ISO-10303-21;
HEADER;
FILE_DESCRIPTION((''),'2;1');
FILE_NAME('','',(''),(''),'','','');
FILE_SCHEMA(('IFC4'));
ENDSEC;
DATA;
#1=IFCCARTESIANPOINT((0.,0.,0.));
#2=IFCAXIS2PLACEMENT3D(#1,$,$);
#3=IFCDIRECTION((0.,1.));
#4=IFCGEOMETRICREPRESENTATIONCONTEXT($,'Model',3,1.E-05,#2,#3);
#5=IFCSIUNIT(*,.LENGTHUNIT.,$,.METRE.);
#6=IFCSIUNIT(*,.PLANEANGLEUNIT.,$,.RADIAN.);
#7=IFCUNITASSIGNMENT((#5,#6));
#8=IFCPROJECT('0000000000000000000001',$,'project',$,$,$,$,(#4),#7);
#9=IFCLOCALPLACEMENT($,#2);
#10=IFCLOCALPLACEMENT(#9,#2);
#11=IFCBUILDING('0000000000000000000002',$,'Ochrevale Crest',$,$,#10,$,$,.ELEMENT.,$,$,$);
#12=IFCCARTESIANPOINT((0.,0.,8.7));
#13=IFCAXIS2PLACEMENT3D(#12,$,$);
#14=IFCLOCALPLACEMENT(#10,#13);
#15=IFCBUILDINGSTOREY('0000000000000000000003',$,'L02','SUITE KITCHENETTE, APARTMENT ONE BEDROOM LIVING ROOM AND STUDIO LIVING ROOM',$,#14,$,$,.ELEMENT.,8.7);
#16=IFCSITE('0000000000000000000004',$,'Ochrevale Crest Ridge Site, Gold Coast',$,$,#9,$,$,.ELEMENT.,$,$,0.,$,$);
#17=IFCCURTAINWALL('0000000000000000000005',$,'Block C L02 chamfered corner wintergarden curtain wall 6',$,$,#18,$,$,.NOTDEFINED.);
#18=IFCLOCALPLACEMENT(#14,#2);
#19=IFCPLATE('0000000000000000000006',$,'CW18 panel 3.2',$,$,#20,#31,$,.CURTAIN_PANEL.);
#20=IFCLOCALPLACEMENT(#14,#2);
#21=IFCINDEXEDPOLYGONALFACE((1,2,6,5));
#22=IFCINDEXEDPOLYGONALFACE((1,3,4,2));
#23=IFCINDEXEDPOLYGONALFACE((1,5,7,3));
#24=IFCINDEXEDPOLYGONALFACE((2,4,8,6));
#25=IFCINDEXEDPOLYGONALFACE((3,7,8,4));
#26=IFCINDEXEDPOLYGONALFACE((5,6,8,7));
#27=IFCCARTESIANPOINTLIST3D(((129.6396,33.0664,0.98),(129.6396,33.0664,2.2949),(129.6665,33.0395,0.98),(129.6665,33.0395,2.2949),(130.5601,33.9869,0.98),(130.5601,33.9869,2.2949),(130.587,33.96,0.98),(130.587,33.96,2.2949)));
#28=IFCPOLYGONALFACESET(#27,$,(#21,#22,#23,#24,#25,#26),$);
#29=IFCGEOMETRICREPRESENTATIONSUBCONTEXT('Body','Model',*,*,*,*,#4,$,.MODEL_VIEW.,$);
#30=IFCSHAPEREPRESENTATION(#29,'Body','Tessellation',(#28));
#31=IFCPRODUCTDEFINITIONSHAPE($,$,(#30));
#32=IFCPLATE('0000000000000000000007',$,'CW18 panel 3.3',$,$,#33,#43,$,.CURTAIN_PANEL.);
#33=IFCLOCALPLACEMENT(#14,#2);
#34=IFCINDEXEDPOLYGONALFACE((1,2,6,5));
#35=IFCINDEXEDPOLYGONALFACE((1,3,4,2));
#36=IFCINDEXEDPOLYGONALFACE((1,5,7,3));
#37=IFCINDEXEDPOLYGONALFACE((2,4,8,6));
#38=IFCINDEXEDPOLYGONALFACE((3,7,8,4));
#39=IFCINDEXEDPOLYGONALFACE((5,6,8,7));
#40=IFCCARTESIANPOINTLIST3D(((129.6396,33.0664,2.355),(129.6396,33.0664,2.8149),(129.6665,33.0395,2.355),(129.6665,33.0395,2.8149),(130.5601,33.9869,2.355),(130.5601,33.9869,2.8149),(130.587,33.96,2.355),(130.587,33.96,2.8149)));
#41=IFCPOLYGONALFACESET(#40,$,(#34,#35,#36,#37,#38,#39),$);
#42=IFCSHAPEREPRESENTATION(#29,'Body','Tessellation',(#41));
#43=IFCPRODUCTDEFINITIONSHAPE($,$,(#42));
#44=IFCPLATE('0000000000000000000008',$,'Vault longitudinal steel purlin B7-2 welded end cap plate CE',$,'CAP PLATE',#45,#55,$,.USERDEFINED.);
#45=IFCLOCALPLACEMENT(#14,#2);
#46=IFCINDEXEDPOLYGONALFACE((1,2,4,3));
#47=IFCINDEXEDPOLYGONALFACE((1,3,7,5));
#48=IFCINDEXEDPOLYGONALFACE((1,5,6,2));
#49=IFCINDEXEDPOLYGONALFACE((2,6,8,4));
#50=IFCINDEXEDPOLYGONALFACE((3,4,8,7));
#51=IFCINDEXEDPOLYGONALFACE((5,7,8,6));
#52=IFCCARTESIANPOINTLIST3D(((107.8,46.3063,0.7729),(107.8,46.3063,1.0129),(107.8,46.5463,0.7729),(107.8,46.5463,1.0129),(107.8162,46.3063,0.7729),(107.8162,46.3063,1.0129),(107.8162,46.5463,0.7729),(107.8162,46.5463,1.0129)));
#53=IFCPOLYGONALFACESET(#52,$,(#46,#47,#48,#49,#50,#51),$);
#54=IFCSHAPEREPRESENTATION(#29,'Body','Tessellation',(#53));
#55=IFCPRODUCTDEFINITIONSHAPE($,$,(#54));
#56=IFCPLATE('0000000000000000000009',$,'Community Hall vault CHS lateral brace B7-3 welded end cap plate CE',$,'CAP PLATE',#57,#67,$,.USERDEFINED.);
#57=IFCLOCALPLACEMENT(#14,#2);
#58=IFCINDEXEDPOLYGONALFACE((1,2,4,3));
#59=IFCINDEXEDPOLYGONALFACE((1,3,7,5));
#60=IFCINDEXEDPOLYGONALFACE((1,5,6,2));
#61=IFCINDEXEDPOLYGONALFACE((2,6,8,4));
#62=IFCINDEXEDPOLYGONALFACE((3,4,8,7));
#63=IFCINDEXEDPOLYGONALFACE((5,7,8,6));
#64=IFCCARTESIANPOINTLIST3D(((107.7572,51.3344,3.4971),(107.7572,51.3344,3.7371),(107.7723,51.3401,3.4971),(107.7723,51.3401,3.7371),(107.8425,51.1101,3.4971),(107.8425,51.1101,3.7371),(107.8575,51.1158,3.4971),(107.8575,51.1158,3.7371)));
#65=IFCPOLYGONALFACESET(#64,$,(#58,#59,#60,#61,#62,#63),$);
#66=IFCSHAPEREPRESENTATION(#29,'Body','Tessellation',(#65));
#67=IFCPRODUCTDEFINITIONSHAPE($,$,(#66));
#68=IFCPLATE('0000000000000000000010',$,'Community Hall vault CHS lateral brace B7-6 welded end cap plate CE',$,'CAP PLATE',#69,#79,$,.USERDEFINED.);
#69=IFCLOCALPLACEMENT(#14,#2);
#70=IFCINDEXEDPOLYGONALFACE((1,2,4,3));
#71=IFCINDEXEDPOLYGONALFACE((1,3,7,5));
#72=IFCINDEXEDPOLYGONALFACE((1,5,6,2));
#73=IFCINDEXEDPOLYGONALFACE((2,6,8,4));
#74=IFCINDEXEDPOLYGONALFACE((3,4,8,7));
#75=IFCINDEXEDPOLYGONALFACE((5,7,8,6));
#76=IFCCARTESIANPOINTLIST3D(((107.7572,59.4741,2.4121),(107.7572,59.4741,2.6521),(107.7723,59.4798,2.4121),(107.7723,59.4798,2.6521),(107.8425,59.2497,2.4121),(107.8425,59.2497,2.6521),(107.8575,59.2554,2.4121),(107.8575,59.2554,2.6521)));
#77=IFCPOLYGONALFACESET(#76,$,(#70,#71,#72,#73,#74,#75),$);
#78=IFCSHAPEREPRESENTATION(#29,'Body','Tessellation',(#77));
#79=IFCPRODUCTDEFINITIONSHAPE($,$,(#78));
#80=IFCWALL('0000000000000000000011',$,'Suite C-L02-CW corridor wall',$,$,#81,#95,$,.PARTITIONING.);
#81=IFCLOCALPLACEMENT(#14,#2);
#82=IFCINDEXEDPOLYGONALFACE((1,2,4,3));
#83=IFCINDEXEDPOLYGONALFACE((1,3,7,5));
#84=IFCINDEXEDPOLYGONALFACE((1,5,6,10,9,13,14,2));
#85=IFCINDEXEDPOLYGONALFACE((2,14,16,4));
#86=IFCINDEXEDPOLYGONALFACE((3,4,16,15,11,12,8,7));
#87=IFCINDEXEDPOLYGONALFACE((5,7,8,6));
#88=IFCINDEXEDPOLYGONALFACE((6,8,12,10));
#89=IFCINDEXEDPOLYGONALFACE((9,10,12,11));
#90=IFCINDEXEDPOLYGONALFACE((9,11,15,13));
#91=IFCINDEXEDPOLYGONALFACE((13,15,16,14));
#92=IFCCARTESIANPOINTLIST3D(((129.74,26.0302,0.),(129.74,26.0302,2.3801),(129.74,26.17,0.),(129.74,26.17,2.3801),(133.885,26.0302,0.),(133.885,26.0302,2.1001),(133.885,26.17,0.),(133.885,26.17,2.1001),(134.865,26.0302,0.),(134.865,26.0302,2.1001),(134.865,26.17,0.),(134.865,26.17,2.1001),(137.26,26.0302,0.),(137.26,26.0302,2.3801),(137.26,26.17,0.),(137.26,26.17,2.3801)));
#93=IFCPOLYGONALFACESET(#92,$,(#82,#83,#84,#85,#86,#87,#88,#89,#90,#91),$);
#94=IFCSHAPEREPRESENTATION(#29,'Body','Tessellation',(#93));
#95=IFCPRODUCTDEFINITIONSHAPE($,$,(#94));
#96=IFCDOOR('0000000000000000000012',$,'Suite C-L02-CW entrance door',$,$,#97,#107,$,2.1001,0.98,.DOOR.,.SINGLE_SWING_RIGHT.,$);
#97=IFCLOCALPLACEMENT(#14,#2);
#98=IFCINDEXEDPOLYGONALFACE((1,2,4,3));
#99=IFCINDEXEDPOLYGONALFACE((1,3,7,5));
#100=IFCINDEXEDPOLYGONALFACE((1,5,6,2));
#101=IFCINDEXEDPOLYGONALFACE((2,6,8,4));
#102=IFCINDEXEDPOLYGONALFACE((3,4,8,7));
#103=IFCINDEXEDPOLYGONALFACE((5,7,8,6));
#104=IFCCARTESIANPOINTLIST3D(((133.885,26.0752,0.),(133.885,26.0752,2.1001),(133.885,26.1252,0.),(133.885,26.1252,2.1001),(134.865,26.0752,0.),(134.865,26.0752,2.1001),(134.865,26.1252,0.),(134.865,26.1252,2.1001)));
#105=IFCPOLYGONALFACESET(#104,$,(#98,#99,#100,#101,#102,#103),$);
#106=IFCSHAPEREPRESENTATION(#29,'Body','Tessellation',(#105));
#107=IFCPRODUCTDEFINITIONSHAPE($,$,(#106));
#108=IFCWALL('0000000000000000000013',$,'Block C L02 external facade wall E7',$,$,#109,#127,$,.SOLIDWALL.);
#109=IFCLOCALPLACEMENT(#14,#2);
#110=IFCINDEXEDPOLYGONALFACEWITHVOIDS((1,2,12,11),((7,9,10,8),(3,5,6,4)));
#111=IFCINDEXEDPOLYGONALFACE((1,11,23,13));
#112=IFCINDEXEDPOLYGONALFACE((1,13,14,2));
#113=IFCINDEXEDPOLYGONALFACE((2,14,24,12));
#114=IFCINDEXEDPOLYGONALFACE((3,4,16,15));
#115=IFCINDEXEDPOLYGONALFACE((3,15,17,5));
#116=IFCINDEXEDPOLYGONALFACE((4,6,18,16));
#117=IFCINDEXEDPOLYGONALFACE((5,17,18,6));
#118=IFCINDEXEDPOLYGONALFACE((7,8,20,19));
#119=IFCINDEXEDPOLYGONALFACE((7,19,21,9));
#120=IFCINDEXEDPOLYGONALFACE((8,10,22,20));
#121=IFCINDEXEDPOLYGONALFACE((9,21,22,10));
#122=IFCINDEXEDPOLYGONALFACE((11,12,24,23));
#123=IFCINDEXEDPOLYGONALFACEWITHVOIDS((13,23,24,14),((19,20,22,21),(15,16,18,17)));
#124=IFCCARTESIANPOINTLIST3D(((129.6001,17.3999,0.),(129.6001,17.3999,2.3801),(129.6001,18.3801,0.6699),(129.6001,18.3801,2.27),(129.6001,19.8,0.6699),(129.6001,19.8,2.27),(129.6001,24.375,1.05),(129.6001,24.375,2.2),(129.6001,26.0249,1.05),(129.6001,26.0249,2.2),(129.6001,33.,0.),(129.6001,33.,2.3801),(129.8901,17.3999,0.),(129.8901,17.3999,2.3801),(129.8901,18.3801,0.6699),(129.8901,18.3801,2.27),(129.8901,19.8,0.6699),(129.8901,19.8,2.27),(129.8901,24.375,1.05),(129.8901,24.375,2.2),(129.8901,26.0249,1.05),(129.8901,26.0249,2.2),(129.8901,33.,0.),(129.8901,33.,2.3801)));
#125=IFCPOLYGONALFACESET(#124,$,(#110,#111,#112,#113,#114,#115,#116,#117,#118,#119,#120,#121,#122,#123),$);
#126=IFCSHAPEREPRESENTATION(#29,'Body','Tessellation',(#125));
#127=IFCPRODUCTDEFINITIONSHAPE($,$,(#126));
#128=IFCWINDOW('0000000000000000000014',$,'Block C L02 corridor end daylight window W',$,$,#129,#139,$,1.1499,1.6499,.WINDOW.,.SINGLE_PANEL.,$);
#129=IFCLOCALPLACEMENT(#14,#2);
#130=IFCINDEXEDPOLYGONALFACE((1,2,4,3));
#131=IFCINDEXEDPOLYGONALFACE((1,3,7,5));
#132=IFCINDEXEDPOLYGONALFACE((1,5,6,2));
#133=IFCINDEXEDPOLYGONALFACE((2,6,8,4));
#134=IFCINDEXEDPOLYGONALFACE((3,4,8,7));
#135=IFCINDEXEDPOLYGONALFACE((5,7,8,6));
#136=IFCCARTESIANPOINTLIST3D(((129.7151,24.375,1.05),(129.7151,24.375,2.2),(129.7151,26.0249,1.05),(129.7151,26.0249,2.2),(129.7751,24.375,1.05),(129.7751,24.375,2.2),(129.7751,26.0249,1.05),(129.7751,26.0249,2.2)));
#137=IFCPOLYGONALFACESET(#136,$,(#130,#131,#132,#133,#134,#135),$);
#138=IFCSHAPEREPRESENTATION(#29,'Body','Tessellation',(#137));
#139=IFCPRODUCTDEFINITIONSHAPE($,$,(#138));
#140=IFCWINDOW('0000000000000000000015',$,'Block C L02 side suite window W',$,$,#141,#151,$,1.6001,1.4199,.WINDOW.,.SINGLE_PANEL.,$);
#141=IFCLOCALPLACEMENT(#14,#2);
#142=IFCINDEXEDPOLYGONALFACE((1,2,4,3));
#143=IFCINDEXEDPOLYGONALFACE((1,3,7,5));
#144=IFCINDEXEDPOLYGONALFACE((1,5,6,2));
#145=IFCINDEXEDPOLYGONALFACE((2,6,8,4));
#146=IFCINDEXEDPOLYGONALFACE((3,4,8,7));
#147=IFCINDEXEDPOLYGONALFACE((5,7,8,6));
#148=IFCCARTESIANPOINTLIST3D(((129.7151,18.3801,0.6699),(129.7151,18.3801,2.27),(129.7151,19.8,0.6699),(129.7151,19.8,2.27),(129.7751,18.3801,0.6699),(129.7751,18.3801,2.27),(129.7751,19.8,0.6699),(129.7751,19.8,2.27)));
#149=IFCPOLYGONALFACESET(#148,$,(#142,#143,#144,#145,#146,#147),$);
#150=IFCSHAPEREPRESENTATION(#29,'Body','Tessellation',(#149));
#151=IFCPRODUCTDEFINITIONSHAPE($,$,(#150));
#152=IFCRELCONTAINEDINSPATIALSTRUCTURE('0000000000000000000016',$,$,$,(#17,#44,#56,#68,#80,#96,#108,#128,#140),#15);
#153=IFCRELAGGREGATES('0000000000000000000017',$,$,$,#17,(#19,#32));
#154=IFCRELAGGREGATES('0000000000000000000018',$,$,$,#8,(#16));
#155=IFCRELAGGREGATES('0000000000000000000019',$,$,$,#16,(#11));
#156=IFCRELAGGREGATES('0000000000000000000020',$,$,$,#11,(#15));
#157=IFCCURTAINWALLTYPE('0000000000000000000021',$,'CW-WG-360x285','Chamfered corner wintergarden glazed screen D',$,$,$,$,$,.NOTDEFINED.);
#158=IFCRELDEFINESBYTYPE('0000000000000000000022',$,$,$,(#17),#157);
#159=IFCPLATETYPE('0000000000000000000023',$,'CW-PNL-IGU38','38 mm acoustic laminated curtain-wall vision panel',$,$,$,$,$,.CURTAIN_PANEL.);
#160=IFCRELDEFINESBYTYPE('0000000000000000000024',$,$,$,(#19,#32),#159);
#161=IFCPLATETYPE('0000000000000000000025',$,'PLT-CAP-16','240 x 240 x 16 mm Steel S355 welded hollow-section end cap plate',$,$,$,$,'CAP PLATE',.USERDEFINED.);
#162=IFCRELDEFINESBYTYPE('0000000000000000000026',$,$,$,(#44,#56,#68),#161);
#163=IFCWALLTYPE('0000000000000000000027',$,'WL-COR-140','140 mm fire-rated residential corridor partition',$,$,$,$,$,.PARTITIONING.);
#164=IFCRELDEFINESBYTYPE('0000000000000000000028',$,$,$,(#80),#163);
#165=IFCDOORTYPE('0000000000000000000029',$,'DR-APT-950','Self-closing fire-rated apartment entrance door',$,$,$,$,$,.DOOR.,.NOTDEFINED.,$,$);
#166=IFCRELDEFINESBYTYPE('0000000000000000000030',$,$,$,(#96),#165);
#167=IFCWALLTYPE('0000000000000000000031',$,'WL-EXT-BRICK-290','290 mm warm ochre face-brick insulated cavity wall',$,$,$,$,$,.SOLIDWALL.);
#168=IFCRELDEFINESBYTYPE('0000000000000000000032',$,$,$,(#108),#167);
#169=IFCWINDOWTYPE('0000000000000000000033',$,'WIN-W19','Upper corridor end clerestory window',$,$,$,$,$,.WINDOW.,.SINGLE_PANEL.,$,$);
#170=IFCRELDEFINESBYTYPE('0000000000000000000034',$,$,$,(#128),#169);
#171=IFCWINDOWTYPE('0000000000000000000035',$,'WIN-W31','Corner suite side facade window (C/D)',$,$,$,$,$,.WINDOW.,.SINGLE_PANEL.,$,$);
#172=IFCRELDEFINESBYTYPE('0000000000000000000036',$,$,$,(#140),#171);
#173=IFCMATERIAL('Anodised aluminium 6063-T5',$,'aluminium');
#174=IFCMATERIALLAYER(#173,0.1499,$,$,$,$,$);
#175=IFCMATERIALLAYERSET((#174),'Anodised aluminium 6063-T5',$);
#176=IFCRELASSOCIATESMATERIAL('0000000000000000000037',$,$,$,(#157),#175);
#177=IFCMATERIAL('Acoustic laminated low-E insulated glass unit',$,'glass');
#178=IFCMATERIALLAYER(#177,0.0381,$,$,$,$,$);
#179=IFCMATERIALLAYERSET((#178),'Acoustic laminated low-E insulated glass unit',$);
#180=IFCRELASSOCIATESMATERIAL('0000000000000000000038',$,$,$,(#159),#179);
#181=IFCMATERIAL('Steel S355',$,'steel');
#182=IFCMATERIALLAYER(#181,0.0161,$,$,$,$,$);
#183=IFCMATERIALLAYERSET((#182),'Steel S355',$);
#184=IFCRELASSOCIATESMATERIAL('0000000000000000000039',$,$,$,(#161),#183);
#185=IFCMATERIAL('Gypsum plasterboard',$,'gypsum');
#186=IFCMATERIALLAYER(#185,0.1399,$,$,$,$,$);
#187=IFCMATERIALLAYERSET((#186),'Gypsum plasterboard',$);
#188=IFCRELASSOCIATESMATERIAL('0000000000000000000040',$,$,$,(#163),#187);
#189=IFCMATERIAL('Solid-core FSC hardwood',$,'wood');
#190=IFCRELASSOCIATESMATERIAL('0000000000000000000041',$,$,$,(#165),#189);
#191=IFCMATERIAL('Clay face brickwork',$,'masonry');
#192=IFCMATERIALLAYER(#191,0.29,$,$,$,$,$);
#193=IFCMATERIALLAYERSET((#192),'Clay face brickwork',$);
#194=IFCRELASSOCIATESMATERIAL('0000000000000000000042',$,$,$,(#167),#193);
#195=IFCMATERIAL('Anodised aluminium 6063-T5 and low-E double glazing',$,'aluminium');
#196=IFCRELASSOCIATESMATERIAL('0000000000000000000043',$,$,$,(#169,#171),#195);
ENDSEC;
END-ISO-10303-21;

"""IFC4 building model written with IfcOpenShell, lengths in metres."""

from ifc_helpers import new_model, si_unit, direction, frame, frame_2d, origin, origin_2d, place, context, subcontext, project, spatial, rectangle, extrude, material, layer, layer_set, type_object, element, fill, aggregate, save


model = new_model("IFC4")

# Units and contexts
model_context = context("Model", 3, precision=1e-05, world=origin(), true_north=direction((0.0, 1.0)))
body_context = subcontext(model_context, "Body", "Model", "MODEL_VIEW")
ifc_project = project(units=[si_unit("LENGTHUNIT", "METRE"), si_unit("PLANEANGLEUNIT", "RADIAN")], contexts=[model_context])

# Site, building, storey
site_placement = place(None, origin())
site = spatial("IfcSite", under=ifc_project, at=site_placement, Name="Ochrevale Crest Ridge Site, Gold Coast", CompositionType="ELEMENT", RefElevation=0.0)
building_placement = place(site_placement, origin())
building = spatial("IfcBuilding", under=site, at=building_placement, Name="Ochrevale Crest", CompositionType="ELEMENT")
storey_placement = place(building_placement, frame((0.0, 0.0, 8.7)))
storey = spatial("IfcBuildingStorey", under=building, at=storey_placement, Name="L02", Description="SUITE KITCHENETTE, APARTMENT ONE BEDROOM LIVING ROOM AND STUDIO LIVING ROOM", CompositionType="ELEMENT", Elevation=8.7)

# Curtain wall
ifc_material_1 = material(Name="Anodised aluminium 6063-T5", Category="aluminium")
ifc_layer_1 = layer(ifc_material_1, 0.1499)
ifc_layer_set_1 = layer_set([ifc_layer_1], Name="Anodised aluminium 6063-T5")
curtain_wall_type = type_object("IfcCurtainWallType", Name="CW-WG-360x285", Description="Chamfered corner wintergarden glazed screen D", PredefinedType="NOTDEFINED", material=ifc_layer_set_1)
curtain_wall_placement = place(storey_placement, origin())
curtain_wall = element("IfcCurtainWall", 1, at=curtain_wall_placement, inside=storey, type_object=curtain_wall_type, Name="Block C L02 chamfered corner wintergarden curtain wall 6", PredefinedType="NOTDEFINED")

# Shared definitions
ifc_material_2 = material(Name="Steel S355", Category="steel")

# Plates
ifc_material_3 = material(Name="Acoustic laminated low-E insulated glass unit", Category="glass")
ifc_layer_2 = layer(ifc_material_3, 0.0381)
ifc_layer_set_2 = layer_set([ifc_layer_2], Name="Acoustic laminated low-E insulated glass unit")
plate_type_1 = type_object("IfcPlateType", Name="CW-PNL-IGU38", Description="38 mm acoustic laminated curtain-wall vision panel", PredefinedType="CURTAIN_PANEL", material=ifc_layer_set_2)
plate_1_placement = place(storey_placement, frame((130.1133, 33.5132, 0.98), z_axis=(0.0, 0.0, 1.0), x_axis=(-0.707107, -0.707107, 0.0)))
plate_1 = element("IfcPlate", 2, at=plate_1_placement, type_object=plate_type_1, Name="CW18 panel 3.2", PredefinedType="CURTAIN_PANEL", context=body_context, shape_type="SweptSolid", body=[
    extrude(rectangle(XDim=1.3018, YDim=0.0381, at=origin_2d()), origin(), (0.0, 0.0, 1.0), 1.3149),
])
plate_2_placement = place(storey_placement, frame((130.1133, 33.5132, 2.355), z_axis=(0.0, 0.0, 1.0), x_axis=(-0.707107, -0.707107, 0.0)))
plate_2 = element("IfcPlate", 3, at=plate_2_placement, type_object=plate_type_1, Name="CW18 panel 3.3", PredefinedType="CURTAIN_PANEL", context=body_context, shape_type="SweptSolid", body=[
    extrude(rectangle(XDim=1.3018, YDim=0.0381, at=origin_2d()), origin(), (0.0, 0.0, 1.0), 0.46),
])
aggregate(curtain_wall, [plate_1, plate_2])

# Plates
ifc_layer_3 = layer(ifc_material_2, 0.0161)
ifc_layer_set_3 = layer_set([ifc_layer_3], Name="Steel S355")
plate_type_2 = type_object("IfcPlateType", Name="PLT-CAP-16", Description="240 x 240 x 16 mm Steel S355 welded hollow-section end cap plate", ElementType="CAP PLATE", PredefinedType="USERDEFINED", material=ifc_layer_set_3)
for number, where, z_axis, x_axis, name in (
    (4, (107.8081, 46.4263, 0.7729), (0.0, 0.0, 1.0), (1.0, 0.0, 0.0), "Vault longitudinal steel purlin B7-2 welded end cap plate CE"),
    (5, (107.8074, 51.2251, 3.4971), (0.0, 0.0, 1.0), (0.934764, 0.35527, 0.0), "Community Hall vault CHS lateral brace B7-3 welded end cap plate CE"),
    (6, (107.8074, 59.3647, 2.4121), (0.0, 0.0, 1.0), (0.934764, 0.35527, 0.0), "Community Hall vault CHS lateral brace B7-6 welded end cap plate CE"),
):
    element("IfcPlate", number, at=place(storey_placement, frame(where, z_axis=z_axis, x_axis=x_axis)), inside=storey, type_object=plate_type_2, Name=name, ObjectType="CAP PLATE", PredefinedType="USERDEFINED", context=body_context, shape_type="SweptSolid", body=[
        extrude(rectangle(XDim=0.0161, YDim=0.24, at=origin_2d()), origin(), (0.0, 0.0, 1.0), 0.24),
    ])

# Wall, opening, door
ifc_material_4 = material(Name="Gypsum plasterboard", Category="gypsum")
ifc_layer_4 = layer(ifc_material_4, 0.1399)
ifc_layer_set_4 = layer_set([ifc_layer_4], Name="Gypsum plasterboard")
wall_type_1 = type_object("IfcWallType", Name="WL-COR-140", Description="140 mm fire-rated residential corridor partition", PredefinedType="PARTITIONING", material=ifc_layer_set_4)
wall_1_placement = place(storey_placement, frame((129.74, 26.1001, 0.0), z_axis=(0.0, 0.0, 1.0), x_axis=(1.0, 0.0, 0.0)))
wall_1 = element("IfcWall", 7, at=wall_1_placement, inside=storey, type_object=wall_type_1, Name="Suite C-L02-CW corridor wall", PredefinedType="PARTITIONING", context=body_context, shape_type="SweptSolid", body=[
    extrude(rectangle(XDim=7.52, YDim=0.1399, at=frame_2d((3.76, 0.0))), origin(), (0.0, 0.0, 1.0), 2.3801),
])
opening_1_placement = place(wall_1_placement, frame((5.125, 0.0, 0.0), z_axis=(0.0, 0.0, 1.0), x_axis=(-1.0, 0.0, 0.0)))
opening_1 = element("IfcOpeningElement", 8, at=opening_1_placement, cuts=wall_1, PredefinedType="OPENING", context=body_context, shape_type="SweptSolid", body=[
    extrude(rectangle(XDim=0.98, YDim=2.1001, at=frame_2d((0.49, 1.05))), frame((0.0, 0.0801, 0.0), z_axis=(0.0, -1.0, 0.0), x_axis=(1.0, 0.0, 0.0)), (0.0, 0.0, 1.0), 0.1599),
])
ifc_material_5 = material(Name="Solid-core FSC hardwood", Category="wood")
door_type_1 = type_object("IfcDoorType", Name="DR-APT-950", Description="Self-closing fire-rated apartment entrance door", OperationType="NOTDEFINED", PredefinedType="DOOR", material=ifc_material_5)
door_1_placement = place(opening_1_placement, origin())
door_1 = element("IfcDoor", 9, at=door_1_placement, inside=storey, type_object=door_type_1, Name="Suite C-L02-CW entrance door", OperationType="SINGLE_SWING_RIGHT", OverallHeight=2.1001, OverallWidth=0.98, PredefinedType="DOOR", context=body_context, shape_type="SweptSolid", body=[
    extrude(rectangle(XDim=0.98, YDim=2.1001, at=frame_2d((0.49, 1.05))), frame((0.0, 0.0249, 0.0), z_axis=(0.0, -1.0, 0.0), x_axis=(1.0, 0.0, 0.0)), (0.0, 0.0, 1.0), 0.05),
])
fill(opening_1, door_1)

# Wall, openings, windows
ifc_material_6 = material(Name="Clay face brickwork", Category="masonry")
ifc_layer_5 = layer(ifc_material_6, 0.29)
ifc_layer_set_5 = layer_set([ifc_layer_5], Name="Clay face brickwork")
wall_type_2 = type_object("IfcWallType", Name="WL-EXT-BRICK-290", Description="290 mm warm ochre face-brick insulated cavity wall", PredefinedType="SOLIDWALL", material=ifc_layer_set_5)
wall_2_placement = place(storey_placement, frame((129.7451, 33.0, 0.0), z_axis=(0.0, 0.0, 1.0), x_axis=(0.0, -1.0, 0.0)))
wall_2 = element("IfcWall", 10, at=wall_2_placement, inside=storey, type_object=wall_type_2, Name="Block C L02 external facade wall E7", PredefinedType="SOLIDWALL", context=body_context, shape_type="SweptSolid", body=[
    extrude(rectangle(XDim=15.6001, YDim=0.29, at=frame_2d((7.8, 0.0))), origin(), (0.0, 0.0, 1.0), 2.3801),
])
opening_2_placement = place(wall_2_placement, frame((6.9751, 0.0, 1.05)))
opening_2 = element("IfcOpeningElement", 11, at=opening_2_placement, cuts=wall_2, PredefinedType="OPENING", context=body_context, shape_type="SweptSolid", body=[
    extrude(rectangle(XDim=1.6499, YDim=1.1499, at=frame_2d((0.825, 0.575))), frame((0.0, 0.155, 0.0), z_axis=(0.0, -1.0, 0.0), x_axis=(1.0, 0.0, 0.0)), (0.0, 0.0, 1.0), 0.3101),
])
opening_3_placement = place(wall_2_placement, frame((13.2, 0.0, 0.6699)))
opening_3 = element("IfcOpeningElement", 12, at=opening_3_placement, cuts=wall_2, PredefinedType="OPENING", context=body_context, shape_type="SweptSolid", body=[
    extrude(rectangle(XDim=1.4199, YDim=1.6001, at=frame_2d((0.71, 0.8))), frame((0.0, 0.155, 0.0), z_axis=(0.0, -1.0, 0.0), x_axis=(1.0, 0.0, 0.0)), (0.0, 0.0, 1.0), 0.3101),
])
ifc_material_7 = material(Name="Anodised aluminium 6063-T5 and low-E double glazing", Category="aluminium")
window_type_1 = type_object("IfcWindowType", Name="WIN-W19", Description="Upper corridor end clerestory window", PartitioningType="SINGLE_PANEL", PredefinedType="WINDOW", material=ifc_material_7)
window_1_placement = place(opening_2_placement, origin())
window_1 = element("IfcWindow", 13, at=window_1_placement, inside=storey, type_object=window_type_1, Name="Block C L02 corridor end daylight window W", OverallHeight=1.1499, OverallWidth=1.6499, PartitioningType="SINGLE_PANEL", PredefinedType="WINDOW", context=body_context, shape_type="SweptSolid", body=[
    extrude(rectangle(XDim=1.6499, YDim=1.1499, at=frame_2d((0.825, 0.575))), frame((0.0, 0.03, 0.0), z_axis=(0.0, -1.0, 0.0), x_axis=(1.0, 0.0, 0.0)), (0.0, 0.0, 1.0), 0.0601),
])
fill(opening_2, window_1)
window_type_2 = type_object("IfcWindowType", Name="WIN-W31", Description="Corner suite side facade window (C/D)", PartitioningType="SINGLE_PANEL", PredefinedType="WINDOW", material=ifc_material_7)
window_2_placement = place(opening_3_placement, origin())
window_2 = element("IfcWindow", 14, at=window_2_placement, inside=storey, type_object=window_type_2, Name="Block C L02 side suite window W", OverallHeight=1.6001, OverallWidth=1.4199, PartitioningType="SINGLE_PANEL", PredefinedType="WINDOW", context=body_context, shape_type="SweptSolid", body=[
    extrude(rectangle(XDim=1.4199, YDim=1.6001, at=frame_2d((0.71, 0.8))), frame((0.0, 0.03, 0.0), z_axis=(0.0, -1.0, 0.0), x_axis=(1.0, 0.0, 0.0)), (0.0, 0.0, 1.0), 0.0601),
])
fill(opening_3, window_2)

save(model, "model.ifc")
